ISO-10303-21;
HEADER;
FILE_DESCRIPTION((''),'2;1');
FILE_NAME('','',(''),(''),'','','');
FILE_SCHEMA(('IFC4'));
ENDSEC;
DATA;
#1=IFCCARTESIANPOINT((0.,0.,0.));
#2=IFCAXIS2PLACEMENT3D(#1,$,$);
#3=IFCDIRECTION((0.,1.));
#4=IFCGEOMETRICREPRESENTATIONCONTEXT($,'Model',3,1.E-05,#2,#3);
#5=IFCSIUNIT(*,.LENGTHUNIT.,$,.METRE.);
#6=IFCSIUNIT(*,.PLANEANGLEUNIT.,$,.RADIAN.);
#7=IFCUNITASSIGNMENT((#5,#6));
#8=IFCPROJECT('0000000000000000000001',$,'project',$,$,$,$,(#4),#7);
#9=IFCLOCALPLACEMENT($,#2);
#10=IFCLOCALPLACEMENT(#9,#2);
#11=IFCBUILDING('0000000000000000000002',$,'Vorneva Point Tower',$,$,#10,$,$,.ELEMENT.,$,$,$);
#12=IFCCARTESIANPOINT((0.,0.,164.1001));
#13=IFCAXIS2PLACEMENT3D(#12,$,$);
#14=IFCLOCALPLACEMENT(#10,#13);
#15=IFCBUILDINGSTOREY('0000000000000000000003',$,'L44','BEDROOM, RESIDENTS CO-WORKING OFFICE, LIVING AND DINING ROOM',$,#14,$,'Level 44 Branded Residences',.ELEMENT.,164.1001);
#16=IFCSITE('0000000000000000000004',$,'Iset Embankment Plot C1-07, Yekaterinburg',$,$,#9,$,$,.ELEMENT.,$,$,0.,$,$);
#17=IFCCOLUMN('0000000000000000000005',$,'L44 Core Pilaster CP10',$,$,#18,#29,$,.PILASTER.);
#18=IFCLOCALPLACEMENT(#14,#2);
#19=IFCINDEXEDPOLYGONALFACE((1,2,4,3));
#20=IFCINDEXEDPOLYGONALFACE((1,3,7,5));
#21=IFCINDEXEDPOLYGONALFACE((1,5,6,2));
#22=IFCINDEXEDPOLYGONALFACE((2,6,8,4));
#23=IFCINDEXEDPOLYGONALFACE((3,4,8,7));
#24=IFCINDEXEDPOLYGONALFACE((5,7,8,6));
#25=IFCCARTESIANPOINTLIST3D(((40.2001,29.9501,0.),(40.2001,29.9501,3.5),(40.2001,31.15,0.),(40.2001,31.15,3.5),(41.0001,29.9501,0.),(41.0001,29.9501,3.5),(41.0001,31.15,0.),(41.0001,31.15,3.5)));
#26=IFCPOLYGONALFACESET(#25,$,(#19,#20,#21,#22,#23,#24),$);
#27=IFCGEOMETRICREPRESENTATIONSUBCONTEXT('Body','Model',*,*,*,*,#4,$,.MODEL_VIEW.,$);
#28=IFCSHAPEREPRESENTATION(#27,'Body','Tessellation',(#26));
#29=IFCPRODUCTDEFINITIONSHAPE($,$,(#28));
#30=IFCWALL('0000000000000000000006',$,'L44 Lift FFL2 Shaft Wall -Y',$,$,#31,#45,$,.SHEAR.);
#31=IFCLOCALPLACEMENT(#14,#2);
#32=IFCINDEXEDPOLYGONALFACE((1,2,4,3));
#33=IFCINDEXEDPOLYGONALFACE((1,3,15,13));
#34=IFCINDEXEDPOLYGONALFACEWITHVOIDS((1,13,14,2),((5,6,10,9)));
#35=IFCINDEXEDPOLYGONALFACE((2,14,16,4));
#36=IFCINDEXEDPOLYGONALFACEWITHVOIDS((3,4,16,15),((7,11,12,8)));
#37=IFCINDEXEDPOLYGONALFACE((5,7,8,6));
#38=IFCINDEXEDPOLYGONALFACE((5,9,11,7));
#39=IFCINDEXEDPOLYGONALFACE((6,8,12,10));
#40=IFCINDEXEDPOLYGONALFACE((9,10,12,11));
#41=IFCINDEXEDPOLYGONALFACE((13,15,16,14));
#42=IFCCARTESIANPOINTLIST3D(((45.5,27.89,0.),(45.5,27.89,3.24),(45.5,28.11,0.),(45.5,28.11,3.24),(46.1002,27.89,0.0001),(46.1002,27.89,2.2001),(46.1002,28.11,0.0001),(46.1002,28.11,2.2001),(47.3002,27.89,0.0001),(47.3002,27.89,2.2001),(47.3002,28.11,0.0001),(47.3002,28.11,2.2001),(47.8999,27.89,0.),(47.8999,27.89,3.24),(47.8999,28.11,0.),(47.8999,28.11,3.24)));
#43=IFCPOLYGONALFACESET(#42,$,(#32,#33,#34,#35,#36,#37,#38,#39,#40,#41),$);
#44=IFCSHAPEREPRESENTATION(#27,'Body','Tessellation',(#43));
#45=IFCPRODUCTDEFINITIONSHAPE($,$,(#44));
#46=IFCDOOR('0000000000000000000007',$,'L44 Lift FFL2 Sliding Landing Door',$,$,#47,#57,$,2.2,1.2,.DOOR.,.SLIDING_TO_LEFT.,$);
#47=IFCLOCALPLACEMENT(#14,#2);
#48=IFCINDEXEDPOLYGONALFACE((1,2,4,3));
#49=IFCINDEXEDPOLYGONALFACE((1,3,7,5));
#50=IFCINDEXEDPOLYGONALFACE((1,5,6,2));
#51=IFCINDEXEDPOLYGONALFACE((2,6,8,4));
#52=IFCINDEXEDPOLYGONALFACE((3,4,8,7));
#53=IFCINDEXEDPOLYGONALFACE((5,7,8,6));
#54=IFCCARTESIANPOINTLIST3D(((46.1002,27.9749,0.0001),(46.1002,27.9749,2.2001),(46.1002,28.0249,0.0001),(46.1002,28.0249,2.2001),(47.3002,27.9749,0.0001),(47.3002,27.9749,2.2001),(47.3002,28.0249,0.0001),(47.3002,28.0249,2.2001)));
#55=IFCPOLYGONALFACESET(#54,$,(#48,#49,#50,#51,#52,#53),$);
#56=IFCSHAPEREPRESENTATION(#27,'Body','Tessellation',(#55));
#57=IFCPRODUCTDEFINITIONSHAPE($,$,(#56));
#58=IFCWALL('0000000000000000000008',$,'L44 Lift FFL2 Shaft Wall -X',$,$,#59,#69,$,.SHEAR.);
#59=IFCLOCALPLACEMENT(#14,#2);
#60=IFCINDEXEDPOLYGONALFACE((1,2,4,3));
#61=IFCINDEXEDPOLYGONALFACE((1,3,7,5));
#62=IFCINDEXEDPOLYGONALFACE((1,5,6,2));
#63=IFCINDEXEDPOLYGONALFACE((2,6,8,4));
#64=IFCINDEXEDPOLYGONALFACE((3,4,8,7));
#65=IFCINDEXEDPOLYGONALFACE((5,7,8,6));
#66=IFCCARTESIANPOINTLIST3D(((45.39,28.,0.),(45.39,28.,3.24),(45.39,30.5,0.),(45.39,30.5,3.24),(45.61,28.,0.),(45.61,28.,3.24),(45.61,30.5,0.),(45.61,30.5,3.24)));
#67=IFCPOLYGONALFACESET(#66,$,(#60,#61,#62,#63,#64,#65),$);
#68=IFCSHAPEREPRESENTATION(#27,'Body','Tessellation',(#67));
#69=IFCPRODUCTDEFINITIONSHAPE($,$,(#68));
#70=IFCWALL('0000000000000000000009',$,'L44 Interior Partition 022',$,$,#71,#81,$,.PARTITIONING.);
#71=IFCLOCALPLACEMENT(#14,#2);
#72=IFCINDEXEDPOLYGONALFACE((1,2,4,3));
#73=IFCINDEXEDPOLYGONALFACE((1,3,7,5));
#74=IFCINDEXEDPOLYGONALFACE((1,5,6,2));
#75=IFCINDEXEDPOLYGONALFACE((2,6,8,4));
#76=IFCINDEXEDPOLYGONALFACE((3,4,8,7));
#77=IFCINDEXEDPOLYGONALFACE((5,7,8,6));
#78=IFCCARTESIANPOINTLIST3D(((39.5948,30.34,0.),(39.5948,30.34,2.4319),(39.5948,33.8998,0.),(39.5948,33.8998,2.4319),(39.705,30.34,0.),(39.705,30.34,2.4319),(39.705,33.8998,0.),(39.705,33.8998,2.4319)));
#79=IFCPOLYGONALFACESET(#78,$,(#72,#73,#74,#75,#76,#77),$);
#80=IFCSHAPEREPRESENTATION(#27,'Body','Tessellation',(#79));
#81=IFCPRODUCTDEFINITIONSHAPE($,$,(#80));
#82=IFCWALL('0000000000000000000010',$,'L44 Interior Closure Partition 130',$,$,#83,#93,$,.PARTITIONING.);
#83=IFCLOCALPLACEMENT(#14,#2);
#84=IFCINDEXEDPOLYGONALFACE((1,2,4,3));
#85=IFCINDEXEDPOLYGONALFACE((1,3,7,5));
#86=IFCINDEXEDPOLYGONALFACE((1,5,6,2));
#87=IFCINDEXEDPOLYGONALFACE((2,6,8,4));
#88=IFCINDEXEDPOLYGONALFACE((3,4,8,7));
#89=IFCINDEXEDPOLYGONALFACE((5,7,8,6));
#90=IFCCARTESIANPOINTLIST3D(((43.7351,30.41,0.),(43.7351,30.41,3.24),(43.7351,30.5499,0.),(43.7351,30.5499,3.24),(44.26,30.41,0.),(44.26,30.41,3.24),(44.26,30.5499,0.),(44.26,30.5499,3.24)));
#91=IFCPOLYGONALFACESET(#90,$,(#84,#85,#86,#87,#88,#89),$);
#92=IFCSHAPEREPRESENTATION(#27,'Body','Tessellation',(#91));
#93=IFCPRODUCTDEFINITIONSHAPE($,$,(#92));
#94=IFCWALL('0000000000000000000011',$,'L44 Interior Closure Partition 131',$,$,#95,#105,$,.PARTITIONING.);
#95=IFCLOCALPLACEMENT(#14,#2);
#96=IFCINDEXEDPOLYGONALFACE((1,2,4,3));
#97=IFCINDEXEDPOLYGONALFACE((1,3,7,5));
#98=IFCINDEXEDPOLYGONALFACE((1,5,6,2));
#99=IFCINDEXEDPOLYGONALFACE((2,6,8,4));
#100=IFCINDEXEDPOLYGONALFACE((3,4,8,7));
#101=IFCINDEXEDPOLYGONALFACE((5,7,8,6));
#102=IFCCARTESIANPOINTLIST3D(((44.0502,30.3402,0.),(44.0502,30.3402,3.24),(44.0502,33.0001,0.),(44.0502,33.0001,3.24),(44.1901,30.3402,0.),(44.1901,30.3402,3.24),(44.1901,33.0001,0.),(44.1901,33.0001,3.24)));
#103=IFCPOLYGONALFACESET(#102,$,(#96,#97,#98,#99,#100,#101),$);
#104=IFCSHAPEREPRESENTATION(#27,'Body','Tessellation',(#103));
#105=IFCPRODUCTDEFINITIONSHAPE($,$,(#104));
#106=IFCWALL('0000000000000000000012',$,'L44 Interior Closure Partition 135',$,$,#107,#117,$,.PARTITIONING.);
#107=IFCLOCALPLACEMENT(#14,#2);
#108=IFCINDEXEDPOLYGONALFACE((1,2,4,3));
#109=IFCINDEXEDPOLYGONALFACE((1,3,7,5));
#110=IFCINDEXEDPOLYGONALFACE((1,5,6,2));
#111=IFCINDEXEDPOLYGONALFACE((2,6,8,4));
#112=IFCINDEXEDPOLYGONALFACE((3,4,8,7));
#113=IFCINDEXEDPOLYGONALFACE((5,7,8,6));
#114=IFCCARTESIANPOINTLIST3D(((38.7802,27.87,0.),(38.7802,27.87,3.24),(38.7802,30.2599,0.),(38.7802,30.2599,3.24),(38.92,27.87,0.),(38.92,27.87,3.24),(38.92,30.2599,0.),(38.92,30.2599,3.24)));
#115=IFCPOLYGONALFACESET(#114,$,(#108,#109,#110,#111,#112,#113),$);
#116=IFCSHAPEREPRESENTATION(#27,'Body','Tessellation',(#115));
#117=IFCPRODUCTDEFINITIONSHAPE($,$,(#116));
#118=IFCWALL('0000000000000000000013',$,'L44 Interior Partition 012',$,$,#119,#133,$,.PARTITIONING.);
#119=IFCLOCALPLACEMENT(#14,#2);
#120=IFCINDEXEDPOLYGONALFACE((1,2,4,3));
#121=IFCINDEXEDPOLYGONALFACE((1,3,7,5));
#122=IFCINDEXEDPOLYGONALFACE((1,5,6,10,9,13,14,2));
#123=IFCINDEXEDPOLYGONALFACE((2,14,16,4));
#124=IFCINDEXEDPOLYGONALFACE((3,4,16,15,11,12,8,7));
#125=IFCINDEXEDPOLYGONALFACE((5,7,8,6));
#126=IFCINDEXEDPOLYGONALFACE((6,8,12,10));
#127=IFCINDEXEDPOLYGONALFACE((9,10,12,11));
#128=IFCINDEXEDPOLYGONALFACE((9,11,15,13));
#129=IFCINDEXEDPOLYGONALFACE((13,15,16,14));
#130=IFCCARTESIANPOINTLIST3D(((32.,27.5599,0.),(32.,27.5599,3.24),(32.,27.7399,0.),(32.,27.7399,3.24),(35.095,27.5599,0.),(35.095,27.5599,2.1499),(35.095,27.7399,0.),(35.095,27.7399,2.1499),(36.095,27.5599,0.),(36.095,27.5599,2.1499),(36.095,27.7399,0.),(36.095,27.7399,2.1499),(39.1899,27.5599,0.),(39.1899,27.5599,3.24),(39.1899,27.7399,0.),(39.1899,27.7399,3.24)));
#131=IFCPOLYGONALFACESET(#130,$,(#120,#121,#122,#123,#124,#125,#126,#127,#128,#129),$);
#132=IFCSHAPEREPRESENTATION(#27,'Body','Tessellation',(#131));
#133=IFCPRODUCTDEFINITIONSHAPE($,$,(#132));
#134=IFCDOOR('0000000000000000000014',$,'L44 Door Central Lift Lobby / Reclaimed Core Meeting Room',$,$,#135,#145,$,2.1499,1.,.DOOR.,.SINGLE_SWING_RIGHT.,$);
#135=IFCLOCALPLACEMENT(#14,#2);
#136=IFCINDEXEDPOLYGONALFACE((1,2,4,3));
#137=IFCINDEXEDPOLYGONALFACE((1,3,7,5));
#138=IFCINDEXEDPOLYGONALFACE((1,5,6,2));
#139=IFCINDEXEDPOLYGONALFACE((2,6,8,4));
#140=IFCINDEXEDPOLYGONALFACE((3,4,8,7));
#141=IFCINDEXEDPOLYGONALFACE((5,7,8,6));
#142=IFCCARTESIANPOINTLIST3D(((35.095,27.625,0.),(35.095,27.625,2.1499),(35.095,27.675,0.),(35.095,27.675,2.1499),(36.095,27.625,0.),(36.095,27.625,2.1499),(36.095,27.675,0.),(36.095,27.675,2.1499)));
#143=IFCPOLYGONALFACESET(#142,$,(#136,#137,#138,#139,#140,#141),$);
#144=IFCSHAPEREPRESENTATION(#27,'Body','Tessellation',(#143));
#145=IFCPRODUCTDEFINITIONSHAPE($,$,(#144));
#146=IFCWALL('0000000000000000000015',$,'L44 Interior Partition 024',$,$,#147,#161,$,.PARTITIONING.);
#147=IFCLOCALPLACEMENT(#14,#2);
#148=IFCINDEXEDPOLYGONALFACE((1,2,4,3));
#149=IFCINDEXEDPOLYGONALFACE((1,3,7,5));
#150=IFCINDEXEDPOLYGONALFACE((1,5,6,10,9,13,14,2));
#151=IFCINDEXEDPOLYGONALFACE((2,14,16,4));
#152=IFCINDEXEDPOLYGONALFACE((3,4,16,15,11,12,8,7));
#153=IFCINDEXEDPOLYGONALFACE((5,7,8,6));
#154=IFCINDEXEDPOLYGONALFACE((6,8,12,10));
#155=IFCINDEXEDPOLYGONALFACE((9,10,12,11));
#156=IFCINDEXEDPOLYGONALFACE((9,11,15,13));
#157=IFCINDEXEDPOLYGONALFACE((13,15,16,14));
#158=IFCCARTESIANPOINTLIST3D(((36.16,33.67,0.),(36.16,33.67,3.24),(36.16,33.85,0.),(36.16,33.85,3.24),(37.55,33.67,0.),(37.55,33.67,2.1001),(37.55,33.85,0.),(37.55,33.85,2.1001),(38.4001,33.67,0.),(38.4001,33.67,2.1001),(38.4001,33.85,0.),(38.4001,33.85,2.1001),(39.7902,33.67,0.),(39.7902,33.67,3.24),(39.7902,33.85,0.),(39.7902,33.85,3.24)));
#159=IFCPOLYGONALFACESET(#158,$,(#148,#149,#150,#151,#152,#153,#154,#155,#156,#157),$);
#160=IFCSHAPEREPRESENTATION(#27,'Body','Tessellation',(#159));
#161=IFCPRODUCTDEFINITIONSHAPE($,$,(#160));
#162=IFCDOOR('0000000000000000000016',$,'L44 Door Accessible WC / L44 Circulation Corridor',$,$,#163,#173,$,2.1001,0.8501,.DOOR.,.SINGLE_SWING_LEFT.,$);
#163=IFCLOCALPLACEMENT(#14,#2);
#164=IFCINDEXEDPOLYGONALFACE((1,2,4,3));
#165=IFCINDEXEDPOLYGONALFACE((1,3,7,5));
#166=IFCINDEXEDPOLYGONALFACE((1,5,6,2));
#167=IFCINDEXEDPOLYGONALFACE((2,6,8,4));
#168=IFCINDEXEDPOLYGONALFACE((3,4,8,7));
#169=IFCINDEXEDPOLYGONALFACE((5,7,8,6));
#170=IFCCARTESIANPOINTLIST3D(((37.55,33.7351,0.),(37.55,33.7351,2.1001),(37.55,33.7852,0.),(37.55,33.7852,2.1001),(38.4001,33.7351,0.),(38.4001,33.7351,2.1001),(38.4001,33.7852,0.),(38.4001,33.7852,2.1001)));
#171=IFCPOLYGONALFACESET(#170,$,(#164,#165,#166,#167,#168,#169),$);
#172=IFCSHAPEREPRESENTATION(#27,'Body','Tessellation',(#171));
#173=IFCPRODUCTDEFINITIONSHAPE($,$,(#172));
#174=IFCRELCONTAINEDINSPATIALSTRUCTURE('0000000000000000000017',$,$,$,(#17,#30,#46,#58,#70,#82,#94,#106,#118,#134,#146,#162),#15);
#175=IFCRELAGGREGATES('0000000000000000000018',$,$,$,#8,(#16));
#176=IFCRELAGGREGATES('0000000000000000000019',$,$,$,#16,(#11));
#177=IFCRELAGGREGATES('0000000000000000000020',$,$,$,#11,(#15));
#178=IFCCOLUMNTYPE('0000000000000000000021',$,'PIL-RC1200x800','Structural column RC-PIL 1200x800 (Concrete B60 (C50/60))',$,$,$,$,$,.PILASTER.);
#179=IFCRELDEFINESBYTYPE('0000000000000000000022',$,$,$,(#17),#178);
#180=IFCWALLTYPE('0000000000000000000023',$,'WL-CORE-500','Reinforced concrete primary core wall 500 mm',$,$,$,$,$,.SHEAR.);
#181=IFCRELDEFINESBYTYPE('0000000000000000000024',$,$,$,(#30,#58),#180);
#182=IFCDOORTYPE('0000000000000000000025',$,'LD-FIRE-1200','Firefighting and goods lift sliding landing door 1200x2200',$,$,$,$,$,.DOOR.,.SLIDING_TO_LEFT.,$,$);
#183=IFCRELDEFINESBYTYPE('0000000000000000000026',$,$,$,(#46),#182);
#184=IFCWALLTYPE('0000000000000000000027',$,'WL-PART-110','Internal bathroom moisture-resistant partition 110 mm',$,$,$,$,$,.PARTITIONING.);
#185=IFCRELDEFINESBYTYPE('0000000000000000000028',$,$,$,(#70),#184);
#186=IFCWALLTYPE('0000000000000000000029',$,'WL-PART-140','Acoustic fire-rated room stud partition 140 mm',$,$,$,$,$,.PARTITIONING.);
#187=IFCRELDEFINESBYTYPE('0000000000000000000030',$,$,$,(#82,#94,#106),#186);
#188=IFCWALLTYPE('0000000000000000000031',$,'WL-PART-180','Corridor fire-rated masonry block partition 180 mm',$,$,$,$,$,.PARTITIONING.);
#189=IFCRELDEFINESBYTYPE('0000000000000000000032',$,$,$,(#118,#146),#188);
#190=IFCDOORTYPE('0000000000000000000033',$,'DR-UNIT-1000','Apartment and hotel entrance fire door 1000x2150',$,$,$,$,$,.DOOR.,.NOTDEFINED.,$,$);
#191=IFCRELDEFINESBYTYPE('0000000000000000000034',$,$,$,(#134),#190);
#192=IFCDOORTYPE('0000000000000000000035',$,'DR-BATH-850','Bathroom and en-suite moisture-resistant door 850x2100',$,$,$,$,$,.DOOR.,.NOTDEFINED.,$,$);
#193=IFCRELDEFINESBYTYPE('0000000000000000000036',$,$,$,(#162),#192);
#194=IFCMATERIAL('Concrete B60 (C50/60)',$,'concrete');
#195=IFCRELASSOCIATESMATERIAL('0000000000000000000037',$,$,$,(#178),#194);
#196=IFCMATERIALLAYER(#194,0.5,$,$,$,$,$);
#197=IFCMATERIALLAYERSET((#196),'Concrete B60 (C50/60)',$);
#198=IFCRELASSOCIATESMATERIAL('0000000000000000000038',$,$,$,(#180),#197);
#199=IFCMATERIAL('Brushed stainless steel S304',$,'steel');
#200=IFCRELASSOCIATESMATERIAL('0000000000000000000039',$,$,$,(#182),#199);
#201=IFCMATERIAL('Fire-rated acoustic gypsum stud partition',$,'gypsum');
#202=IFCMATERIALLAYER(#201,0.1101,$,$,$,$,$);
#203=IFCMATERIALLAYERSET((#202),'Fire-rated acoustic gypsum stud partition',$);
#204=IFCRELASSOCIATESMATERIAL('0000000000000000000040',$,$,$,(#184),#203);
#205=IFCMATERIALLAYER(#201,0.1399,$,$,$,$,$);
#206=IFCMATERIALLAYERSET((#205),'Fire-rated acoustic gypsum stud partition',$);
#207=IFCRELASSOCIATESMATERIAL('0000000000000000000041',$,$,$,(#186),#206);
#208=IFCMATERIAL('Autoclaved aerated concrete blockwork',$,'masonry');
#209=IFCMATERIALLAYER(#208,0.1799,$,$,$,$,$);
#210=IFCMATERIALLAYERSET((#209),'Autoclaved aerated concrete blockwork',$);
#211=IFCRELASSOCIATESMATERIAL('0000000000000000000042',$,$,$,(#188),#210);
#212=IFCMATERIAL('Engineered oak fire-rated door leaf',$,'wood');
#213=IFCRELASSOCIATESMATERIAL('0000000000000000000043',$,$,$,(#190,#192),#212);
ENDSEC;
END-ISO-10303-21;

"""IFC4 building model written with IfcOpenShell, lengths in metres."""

from ifc_helpers import new_model, si_unit, direction, frame, frame_2d, origin, origin_2d, place, context, subcontext, project, spatial, rectangle, extrude, material, layer, layer_set, material_profile, profile_set, type_object, element, fill, save


model = new_model("IFC4")

# Units and contexts
model_context = context("Model", 3, precision=1e-05, world=origin(), true_north=direction((0.0, 1.0)))
body_context = subcontext(model_context, "Body", "Model", "MODEL_VIEW")
ifc_project = project(units=[si_unit("LENGTHUNIT", "METRE"), si_unit("PLANEANGLEUNIT", "RADIAN")], contexts=[model_context])

# Site, building, storey
site_placement = place(None, origin())
site = spatial("IfcSite", under=ifc_project, at=site_placement, Name="Iset Embankment Plot C1-07, Yekaterinburg", CompositionType="ELEMENT", RefElevation=0.0)
building_placement = place(site_placement, origin())
building = spatial("IfcBuilding", under=site, at=building_placement, Name="Vorneva Point Tower", CompositionType="ELEMENT")
storey_placement = place(building_placement, frame((0.0, 0.0, 164.1001)))
storey = spatial("IfcBuildingStorey", under=building, at=storey_placement, Name="L44", Description="BEDROOM, RESIDENTS CO-WORKING OFFICE, LIVING AND DINING ROOM", LongName="Level 44 Branded Residences", CompositionType="ELEMENT", Elevation=164.1001)

# Column
ifc_material_1 = material(Name="Concrete B60 (C50/60)", Category="concrete")
ifc_material_profile = material_profile(ifc_material_1, rectangle(XDim=0.8, YDim=1.2, at=origin_2d()), Name="RC-PIL 1200x800")
ifc_profile_set = profile_set([ifc_material_profile], Name="Concrete B60 (C50/60)")
column_type = type_object("IfcColumnType", Name="PIL-RC1200x800", Description="Structural column RC-PIL 1200x800 (Concrete B60 (C50/60))", PredefinedType="PILASTER", material=ifc_profile_set)
column_placement = place(storey_placement, frame((40.6001, 30.55, 0.0), z_axis=(0.0, 0.0, 1.0), x_axis=(1.0, 0.0, 0.0)))
element("IfcColumn", 1, at=column_placement, inside=storey, type_object=column_type, Name="L44 Core Pilaster CP10", PredefinedType="PILASTER", context=body_context, shape_type="SweptSolid", body=[
    extrude(rectangle(XDim=0.8, YDim=1.2, at=origin_2d()), origin(), (0.0, 0.0, 1.0), 3.5),
])

# Wall, opening, door
ifc_layer_1 = layer(ifc_material_1, 0.5)
ifc_layer_set_1 = layer_set([ifc_layer_1], Name="Concrete B60 (C50/60)")
wall_type_1 = type_object("IfcWallType", Name="WL-CORE-500", Description="Reinforced concrete primary core wall 500 mm", PredefinedType="SHEAR", material=ifc_layer_set_1)
wall_1_placement = place(storey_placement, frame((45.5, 28.0, 0.0), z_axis=(0.0, 0.0, 1.0), x_axis=(1.0, 0.0, 0.0)))
wall_1 = element("IfcWall", 2, at=wall_1_placement, inside=storey, type_object=wall_type_1, Name="L44 Lift FFL2 Shaft Wall -Y", PredefinedType="SHEAR", context=body_context, shape_type="SweptSolid", body=[
    extrude(rectangle(XDim=2.3999, YDim=0.22, at=frame_2d((1.2, 0.0))), origin(), (0.0, 0.0, 1.0), 3.24),
])
opening_1_placement = place(wall_1_placement, frame((0.6001, 0.0, 0.0)))
opening_1 = element("IfcOpeningElement", 3, at=opening_1_placement, cuts=wall_1, PredefinedType="OPENING", context=body_context, shape_type="SweptSolid", body=[
    extrude(rectangle(XDim=1.2, YDim=2.2, at=frame_2d((0.6001, 1.1001))), frame((0.0, 0.125, 0.0), z_axis=(0.0, -1.0, 0.0), x_axis=(1.0, 0.0, 0.0)), (0.0, 0.0, 1.0), 0.2498),
])
ifc_material_2 = material(Name="Brushed stainless steel S304", Category="steel")
door_type_1 = type_object("IfcDoorType", Name="LD-FIRE-1200", Description="Firefighting and goods lift sliding landing door 1200x2200", OperationType="SLIDING_TO_LEFT", PredefinedType="DOOR", material=ifc_material_2)
door_1_placement = place(opening_1_placement, origin())
door_1 = element("IfcDoor", 4, at=door_1_placement, inside=storey, type_object=door_type_1, Name="L44 Lift FFL2 Sliding Landing Door", OperationType="SLIDING_TO_LEFT", OverallHeight=2.2, OverallWidth=1.2, PredefinedType="DOOR", context=body_context, shape_type="SweptSolid", body=[
    extrude(rectangle(XDim=1.2, YDim=2.2, at=frame_2d((0.6001, 1.1001))), frame((0.0, 0.0249, 0.0), z_axis=(0.0, -1.0, 0.0), x_axis=(1.0, 0.0, 0.0)), (0.0, 0.0, 1.0), 0.05),
])
fill(opening_1, door_1)

# Walls
wall_2_placement = place(storey_placement, frame((45.5, 30.5, 0.0), z_axis=(0.0, 0.0, 1.0), x_axis=(0.0, -1.0, 0.0)))
element("IfcWall", 5, at=wall_2_placement, inside=storey, type_object=wall_type_1, Name="L44 Lift FFL2 Shaft Wall -X", PredefinedType="SHEAR", context=body_context, shape_type="SweptSolid", body=[
    extrude(rectangle(XDim=2.5, YDim=0.22, at=frame_2d((1.25, 0.0))), origin(), (0.0, 0.0, 1.0), 3.24),
])
ifc_material_3 = material(Name="Fire-rated acoustic gypsum stud partition", Category="gypsum")
ifc_layer_2 = layer(ifc_material_3, 0.1101)
ifc_layer_set_2 = layer_set([ifc_layer_2], Name="Fire-rated acoustic gypsum stud partition")
wall_type_2 = type_object("IfcWallType", Name="WL-PART-110", Description="Internal bathroom moisture-resistant partition 110 mm", PredefinedType="PARTITIONING", material=ifc_layer_set_2)
wall_3_placement = place(storey_placement, frame((39.6499, 30.3401, 0.0), z_axis=(0.0, 0.0, 1.0), x_axis=(0.0, 1.0, 0.0)))
element("IfcWall", 6, at=wall_3_placement, inside=storey, type_object=wall_type_2, Name="L44 Interior Partition 022", PredefinedType="PARTITIONING", context=body_context, shape_type="SweptSolid", body=[
    extrude(rectangle(XDim=3.5598, YDim=0.1101, at=frame_2d((1.7798, 0.0))), origin(), (0.0, 0.0, 1.0), 2.4319),
])
ifc_layer_3 = layer(ifc_material_3, 0.1399)
ifc_layer_set_3 = layer_set([ifc_layer_3], Name="Fire-rated acoustic gypsum stud partition")
wall_type_3 = type_object("IfcWallType", Name="WL-PART-140", Description="Acoustic fire-rated room stud partition 140 mm", PredefinedType="PARTITIONING", material=ifc_layer_set_3)
wall_4_placement = place(storey_placement, frame((43.7351, 30.48, 0.0), z_axis=(0.0, 0.0, 1.0), x_axis=(1.0, 0.0, 0.0)))
element("IfcWall", 7, at=wall_4_placement, inside=storey, type_object=wall_type_3, Name="L44 Interior Closure Partition 130", PredefinedType="PARTITIONING", context=body_context, shape_type="SweptSolid", body=[
    extrude(rectangle(XDim=0.5249, YDim=0.1399, at=frame_2d((0.2625, 0.0))), origin(), (0.0, 0.0, 1.0), 3.24),
])
wall_5_placement = place(storey_placement, frame((44.1201, 30.3401, 0.0), z_axis=(0.0, 0.0, 1.0), x_axis=(0.0, 1.0, 0.0)))
element("IfcWall", 8, at=wall_5_placement, inside=storey, type_object=wall_type_3, Name="L44 Interior Closure Partition 131", PredefinedType="PARTITIONING", context=body_context, shape_type="SweptSolid", body=[
    extrude(rectangle(XDim=2.6599, YDim=0.1399, at=frame_2d((1.3301, 0.0))), origin(), (0.0, 0.0, 1.0), 3.24),
])
wall_6_placement = place(storey_placement, frame((38.8501, 27.8701, 0.0), z_axis=(0.0, 0.0, 1.0), x_axis=(0.0, 1.0, 0.0)))
element("IfcWall", 9, at=wall_6_placement, inside=storey, type_object=wall_type_3, Name="L44 Interior Closure Partition 135", PredefinedType="PARTITIONING", context=body_context, shape_type="SweptSolid", body=[
    extrude(rectangle(XDim=2.3899, YDim=0.1399, at=frame_2d((1.1948, 0.0))), origin(), (0.0, 0.0, 1.0), 3.24),
])

# Walls, openings, doors
ifc_material_4 = material(Name="Autoclaved aerated concrete blockwork", Category="masonry")
ifc_layer_4 = layer(ifc_material_4, 0.1799)
ifc_layer_set_4 = layer_set([ifc_layer_4], Name="Autoclaved aerated concrete blockwork")
wall_type_4 = type_object("IfcWallType", Name="WL-PART-180", Description="Corridor fire-rated masonry block partition 180 mm", PredefinedType="PARTITIONING", material=ifc_layer_set_4)
wall_7_placement = place(storey_placement, frame((39.1899, 27.6499, 0.0), z_axis=(0.0, 0.0, 1.0), x_axis=(-1.0, 0.0, 0.0)))
wall_7 = element("IfcWall", 10, at=wall_7_placement, inside=storey, type_object=wall_type_4, Name="L44 Interior Partition 012", PredefinedType="PARTITIONING", context=body_context, shape_type="SweptSolid", body=[
    extrude(rectangle(XDim=7.1899, YDim=0.1799, at=frame_2d((3.595, 0.0))), origin(), (0.0, 0.0, 1.0), 3.24),
])
opening_2_placement = place(wall_7_placement, frame((3.095, 0.0, 0.0)))
opening_2 = element("IfcOpeningElement", 11, at=opening_2_placement, cuts=wall_7, PredefinedType="OPENING", context=body_context, shape_type="SweptSolid", body=[
    extrude(rectangle(XDim=1.0, YDim=2.1499, at=frame_2d((0.5, 1.075))), frame((0.0, 0.105, 0.0), z_axis=(0.0, -1.0, 0.0), x_axis=(1.0, 0.0, 0.0)), (0.0, 0.0, 1.0), 0.2097),
])
ifc_material_5 = material(Name="Engineered oak fire-rated door leaf", Category="wood")
door_type_2 = type_object("IfcDoorType", Name="DR-UNIT-1000", Description="Apartment and hotel entrance fire door 1000x2150", OperationType="NOTDEFINED", PredefinedType="DOOR", material=ifc_material_5)
door_2_placement = place(opening_2_placement, origin())
door_2 = element("IfcDoor", 12, at=door_2_placement, inside=storey, type_object=door_type_2, Name="L44 Door Central Lift Lobby / Reclaimed Core Meeting Room", OperationType="SINGLE_SWING_RIGHT", OverallHeight=2.1499, OverallWidth=1.0, PredefinedType="DOOR", context=body_context, shape_type="SweptSolid", body=[
    extrude(rectangle(XDim=1.0, YDim=2.1499, at=frame_2d((0.5, 1.075))), frame((0.0, 0.0249, 0.0), z_axis=(0.0, -1.0, 0.0), x_axis=(1.0, 0.0, 0.0)), (0.0, 0.0, 1.0), 0.05),
])
fill(opening_2, door_2)
wall_8_placement = place(storey_placement, frame((39.79, 33.76, 0.0), z_axis=(0.0, 0.0, 1.0), x_axis=(-1.0, 0.0, 0.0)))
wall_8 = element("IfcWall", 13, at=wall_8_placement, inside=storey, type_object=wall_type_4, Name="L44 Interior Partition 024", PredefinedType="PARTITIONING", context=body_context, shape_type="SweptSolid", body=[
    extrude(rectangle(XDim=3.6301, YDim=0.1799, at=frame_2d((1.8149, 0.0))), origin(), (0.0, 0.0, 1.0), 3.24),
])
opening_3_placement = place(wall_8_placement, frame((1.3899, 0.0, 0.0)))
opening_3 = element("IfcOpeningElement", 14, at=opening_3_placement, cuts=wall_8, PredefinedType="OPENING", context=body_context, shape_type="SweptSolid", body=[
    extrude(rectangle(XDim=0.8501, YDim=2.1001, at=frame_2d((0.425, 1.05))), frame((0.0, 0.105, 0.0), z_axis=(0.0, -1.0, 0.0), x_axis=(1.0, 0.0, 0.0)), (0.0, 0.0, 1.0), 0.2097),
])
door_type_3 = type_object("IfcDoorType", Name="DR-BATH-850", Description="Bathroom and en-suite moisture-resistant door 850x2100", OperationType="NOTDEFINED", PredefinedType="DOOR", material=ifc_material_5)
door_3_placement = place(opening_3_placement, origin())
door_3 = element("IfcDoor", 15, at=door_3_placement, inside=storey, type_object=door_type_3, Name="L44 Door Accessible WC / L44 Circulation Corridor", OperationType="SINGLE_SWING_LEFT", OverallHeight=2.1001, OverallWidth=0.8501, PredefinedType="DOOR", context=body_context, shape_type="SweptSolid", body=[
    extrude(rectangle(XDim=0.8501, YDim=2.1001, at=frame_2d((0.425, 1.05))), frame((0.0, 0.0249, 0.0), z_axis=(0.0, -1.0, 0.0), x_axis=(1.0, 0.0, 0.0)), (0.0, 0.0, 1.0), 0.05),
])
fill(opening_3, door_3)

save(model, "model.ifc")
